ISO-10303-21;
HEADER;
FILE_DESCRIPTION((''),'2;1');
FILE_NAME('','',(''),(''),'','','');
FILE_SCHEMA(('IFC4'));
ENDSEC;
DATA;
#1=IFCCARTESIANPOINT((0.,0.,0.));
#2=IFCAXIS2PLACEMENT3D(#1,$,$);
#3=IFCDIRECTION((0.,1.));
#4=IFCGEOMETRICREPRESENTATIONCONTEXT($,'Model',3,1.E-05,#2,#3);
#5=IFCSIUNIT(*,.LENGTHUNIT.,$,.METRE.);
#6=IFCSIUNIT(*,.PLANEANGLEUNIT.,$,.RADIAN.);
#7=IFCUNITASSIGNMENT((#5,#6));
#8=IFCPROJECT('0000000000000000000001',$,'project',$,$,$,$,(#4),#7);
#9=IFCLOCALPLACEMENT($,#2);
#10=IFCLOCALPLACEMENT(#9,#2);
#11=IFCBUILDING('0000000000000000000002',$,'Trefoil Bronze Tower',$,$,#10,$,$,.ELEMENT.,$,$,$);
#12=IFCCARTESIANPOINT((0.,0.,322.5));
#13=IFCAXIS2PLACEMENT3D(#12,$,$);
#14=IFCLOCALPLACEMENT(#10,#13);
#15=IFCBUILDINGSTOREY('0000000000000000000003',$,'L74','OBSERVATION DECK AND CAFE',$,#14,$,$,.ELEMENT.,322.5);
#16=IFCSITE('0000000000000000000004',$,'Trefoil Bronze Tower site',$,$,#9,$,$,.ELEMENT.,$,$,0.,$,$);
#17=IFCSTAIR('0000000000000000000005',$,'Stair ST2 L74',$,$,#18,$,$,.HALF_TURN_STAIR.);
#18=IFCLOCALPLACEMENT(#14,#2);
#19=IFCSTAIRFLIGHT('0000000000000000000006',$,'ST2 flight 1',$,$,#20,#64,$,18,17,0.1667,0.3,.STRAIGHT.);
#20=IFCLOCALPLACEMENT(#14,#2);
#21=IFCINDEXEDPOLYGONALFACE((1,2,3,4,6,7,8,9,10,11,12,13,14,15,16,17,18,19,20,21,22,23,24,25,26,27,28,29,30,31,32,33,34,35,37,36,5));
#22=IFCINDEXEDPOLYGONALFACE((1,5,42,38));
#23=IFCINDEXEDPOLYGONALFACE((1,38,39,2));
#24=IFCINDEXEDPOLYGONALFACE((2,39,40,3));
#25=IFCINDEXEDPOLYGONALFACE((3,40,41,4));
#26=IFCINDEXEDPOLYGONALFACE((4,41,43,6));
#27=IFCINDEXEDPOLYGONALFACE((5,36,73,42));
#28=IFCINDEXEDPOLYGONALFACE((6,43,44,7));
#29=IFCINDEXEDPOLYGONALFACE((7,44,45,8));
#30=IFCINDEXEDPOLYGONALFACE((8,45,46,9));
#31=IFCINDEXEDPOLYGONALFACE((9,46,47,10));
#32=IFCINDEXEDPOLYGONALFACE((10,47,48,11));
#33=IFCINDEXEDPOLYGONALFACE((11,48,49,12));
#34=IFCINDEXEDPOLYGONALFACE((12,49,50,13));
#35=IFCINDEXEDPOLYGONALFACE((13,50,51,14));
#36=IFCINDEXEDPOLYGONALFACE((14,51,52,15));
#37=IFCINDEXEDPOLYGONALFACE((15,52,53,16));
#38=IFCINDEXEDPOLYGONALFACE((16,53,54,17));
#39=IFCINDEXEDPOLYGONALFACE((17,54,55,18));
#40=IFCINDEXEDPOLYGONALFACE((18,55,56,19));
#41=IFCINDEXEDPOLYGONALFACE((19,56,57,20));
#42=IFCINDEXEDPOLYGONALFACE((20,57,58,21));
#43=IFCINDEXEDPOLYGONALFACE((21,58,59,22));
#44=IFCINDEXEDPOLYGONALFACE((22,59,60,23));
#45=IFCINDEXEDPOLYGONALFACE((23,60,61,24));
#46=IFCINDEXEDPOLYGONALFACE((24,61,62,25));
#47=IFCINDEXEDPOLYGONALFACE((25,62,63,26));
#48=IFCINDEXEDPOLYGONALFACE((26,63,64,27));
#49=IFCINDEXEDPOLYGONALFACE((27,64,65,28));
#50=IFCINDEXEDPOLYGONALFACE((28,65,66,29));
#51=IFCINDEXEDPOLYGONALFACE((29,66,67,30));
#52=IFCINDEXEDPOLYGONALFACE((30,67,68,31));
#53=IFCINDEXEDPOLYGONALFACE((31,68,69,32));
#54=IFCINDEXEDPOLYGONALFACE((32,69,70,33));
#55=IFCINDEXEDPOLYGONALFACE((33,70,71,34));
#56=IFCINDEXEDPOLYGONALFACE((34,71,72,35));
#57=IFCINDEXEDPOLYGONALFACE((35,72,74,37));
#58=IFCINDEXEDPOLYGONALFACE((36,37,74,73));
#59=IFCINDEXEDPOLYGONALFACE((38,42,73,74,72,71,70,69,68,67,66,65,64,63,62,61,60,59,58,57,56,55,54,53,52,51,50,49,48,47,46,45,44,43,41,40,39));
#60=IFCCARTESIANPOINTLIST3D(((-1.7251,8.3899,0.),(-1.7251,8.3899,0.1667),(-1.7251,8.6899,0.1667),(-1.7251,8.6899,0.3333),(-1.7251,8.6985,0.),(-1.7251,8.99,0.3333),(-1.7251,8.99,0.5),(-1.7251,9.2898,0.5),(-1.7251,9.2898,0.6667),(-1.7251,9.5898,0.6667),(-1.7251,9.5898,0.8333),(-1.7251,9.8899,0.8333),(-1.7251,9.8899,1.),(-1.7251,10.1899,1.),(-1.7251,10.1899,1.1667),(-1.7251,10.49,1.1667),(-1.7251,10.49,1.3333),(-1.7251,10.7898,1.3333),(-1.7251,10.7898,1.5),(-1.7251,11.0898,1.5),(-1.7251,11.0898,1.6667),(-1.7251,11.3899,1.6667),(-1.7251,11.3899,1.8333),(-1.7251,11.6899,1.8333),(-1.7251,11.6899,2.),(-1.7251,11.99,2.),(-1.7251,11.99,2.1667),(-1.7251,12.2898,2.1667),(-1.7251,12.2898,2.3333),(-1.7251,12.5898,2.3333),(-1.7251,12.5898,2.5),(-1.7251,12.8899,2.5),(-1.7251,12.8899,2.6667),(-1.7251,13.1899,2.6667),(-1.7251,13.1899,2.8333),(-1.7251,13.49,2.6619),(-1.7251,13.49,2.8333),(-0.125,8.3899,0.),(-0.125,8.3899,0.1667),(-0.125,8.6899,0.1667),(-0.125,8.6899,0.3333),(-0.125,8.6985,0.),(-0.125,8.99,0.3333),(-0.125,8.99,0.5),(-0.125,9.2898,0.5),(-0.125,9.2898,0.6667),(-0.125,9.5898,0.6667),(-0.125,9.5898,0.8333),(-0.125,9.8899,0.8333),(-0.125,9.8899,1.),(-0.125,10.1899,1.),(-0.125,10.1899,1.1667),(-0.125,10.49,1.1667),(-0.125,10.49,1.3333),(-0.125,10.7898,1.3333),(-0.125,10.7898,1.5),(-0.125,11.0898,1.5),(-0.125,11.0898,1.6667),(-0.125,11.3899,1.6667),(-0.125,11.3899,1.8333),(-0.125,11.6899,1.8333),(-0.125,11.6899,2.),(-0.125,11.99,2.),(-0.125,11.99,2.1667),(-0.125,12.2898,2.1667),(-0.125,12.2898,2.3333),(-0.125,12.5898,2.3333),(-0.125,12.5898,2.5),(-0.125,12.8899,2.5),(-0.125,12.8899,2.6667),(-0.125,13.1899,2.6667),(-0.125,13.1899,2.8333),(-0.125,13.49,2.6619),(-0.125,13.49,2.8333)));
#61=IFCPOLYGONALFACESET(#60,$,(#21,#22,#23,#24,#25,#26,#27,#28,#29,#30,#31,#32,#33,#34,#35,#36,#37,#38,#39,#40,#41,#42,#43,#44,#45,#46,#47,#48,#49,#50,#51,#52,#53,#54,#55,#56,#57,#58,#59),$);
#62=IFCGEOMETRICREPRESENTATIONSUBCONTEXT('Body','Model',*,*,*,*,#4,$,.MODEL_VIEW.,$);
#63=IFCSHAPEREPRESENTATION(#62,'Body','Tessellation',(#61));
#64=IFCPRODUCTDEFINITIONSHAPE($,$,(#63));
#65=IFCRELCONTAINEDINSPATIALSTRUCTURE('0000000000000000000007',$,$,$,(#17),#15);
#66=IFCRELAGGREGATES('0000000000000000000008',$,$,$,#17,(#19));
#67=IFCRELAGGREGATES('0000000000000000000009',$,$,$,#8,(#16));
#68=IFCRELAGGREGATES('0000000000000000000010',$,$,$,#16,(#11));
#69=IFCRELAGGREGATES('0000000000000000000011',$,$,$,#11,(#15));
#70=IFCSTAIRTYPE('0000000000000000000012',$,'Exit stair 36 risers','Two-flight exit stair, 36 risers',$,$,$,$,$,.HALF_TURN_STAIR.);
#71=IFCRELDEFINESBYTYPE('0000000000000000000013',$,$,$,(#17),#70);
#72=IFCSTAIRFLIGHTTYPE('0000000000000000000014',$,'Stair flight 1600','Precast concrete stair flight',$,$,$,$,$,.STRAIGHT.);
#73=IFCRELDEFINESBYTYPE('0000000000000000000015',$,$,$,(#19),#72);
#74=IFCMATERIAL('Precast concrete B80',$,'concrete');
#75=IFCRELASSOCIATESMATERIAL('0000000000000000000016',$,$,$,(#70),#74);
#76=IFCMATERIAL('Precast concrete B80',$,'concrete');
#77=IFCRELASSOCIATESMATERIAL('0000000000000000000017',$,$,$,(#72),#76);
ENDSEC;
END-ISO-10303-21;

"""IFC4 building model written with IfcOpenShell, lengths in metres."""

from ifc_helpers import new_model, si_unit, direction, frame, origin, place, context, subcontext, project, spatial, polyline, outline, extrude, material, type_object, element, aggregate, save


model = new_model("IFC4")

# Units and contexts
model_context = context("Model", 3, precision=1e-05, world=origin(), true_north=direction((0.0, 1.0)))
body_context = subcontext(model_context, "Body", "Model", "MODEL_VIEW")
ifc_project = project(units=[si_unit("LENGTHUNIT", "METRE"), si_unit("PLANEANGLEUNIT", "RADIAN")], contexts=[model_context])

# Site, building, storey
site_placement = place(None, origin())
site = spatial("IfcSite", under=ifc_project, at=site_placement, Name="Trefoil Bronze Tower site", CompositionType="ELEMENT", RefElevation=0.0)
building_placement = place(site_placement, origin())
building = spatial("IfcBuilding", under=site, at=building_placement, Name="Trefoil Bronze Tower", CompositionType="ELEMENT")
storey_placement = place(building_placement, frame((0.0, 0.0, 322.5)))
storey = spatial("IfcBuildingStorey", under=building, at=storey_placement, Name="L74", Description="OBSERVATION DECK AND CAFE", CompositionType="ELEMENT", Elevation=322.5)

# Stair, stair flight
ifc_material_1 = material(Name="Precast concrete B80", Category="concrete")
stair_type = type_object("IfcStairType", Name="Exit stair 36 risers", Description="Two-flight exit stair, 36 risers", PredefinedType="HALF_TURN_STAIR", material=ifc_material_1)
stair_placement = place(storey_placement, origin())
stair = element("IfcStair", 1, at=stair_placement, inside=storey, type_object=stair_type, Name="Stair ST2 L74", PredefinedType="HALF_TURN_STAIR")
ifc_material_2 = material(Name="Precast concrete B80", Category="concrete")
stair_flight_type = type_object("IfcStairFlightType", Name="Stair flight 1600", Description="Precast concrete stair flight", PredefinedType="STRAIGHT", material=ifc_material_2)
stair_flight_placement = place(storey_placement, frame((-0.925, 8.3899, 0.0), z_axis=(0.0, 0.0, 1.0), x_axis=(0.0, 1.0, 0.0)))
stair_flight = element("IfcStairFlight", 2, at=stair_flight_placement, type_object=stair_flight_type, Name="ST2 flight 1", NumberOfRisers=18, NumberOfTreads=17, PredefinedType="STRAIGHT", RiserHeight=0.1667, TreadLength=0.3, context=body_context, shape_type="SweptSolid", body=[
    extrude(outline(polyline([(0.0, 0.0), (0.0, 0.1667), (0.3, 0.1667), (0.3, 0.3333), (0.6001, 0.3333), (0.6001, 0.5), (0.8999, 0.5), (0.8999, 0.6667), (1.2, 0.6667), (1.2, 0.8333), (1.5, 0.8333), (1.5, 1.0), (1.8, 1.0), (1.8, 1.1667), (2.1001, 1.1667), (2.1001, 1.3333), (2.3999, 1.3333), (2.3999, 1.5), (2.7, 1.5), (2.7, 1.6667), (3.0, 1.6667), (3.0, 1.8333), (3.3, 1.8333), (3.3, 2.0), (3.6001, 2.0), (3.6001, 2.1667), (3.8999, 2.1667), (3.8999, 2.3333), (4.2, 2.3333), (4.2, 2.5), (4.5, 2.5), (4.5, 2.6667), (4.8, 2.6667), (4.8, 2.8333), (5.1001, 2.8333), (5.1001, 3.0), (5.1001, 2.6619), (0.3086, 0.0), (0.0, 0.0)])), frame((0.0, 0.8, 0.0), z_axis=(0.0, -1.0, 0.0), x_axis=(1.0, 0.0, 0.0)), (0.0, 0.0, 1.0), 1.6001),
])
aggregate(stair, [stair_flight])

save(model, "model.ifc")
